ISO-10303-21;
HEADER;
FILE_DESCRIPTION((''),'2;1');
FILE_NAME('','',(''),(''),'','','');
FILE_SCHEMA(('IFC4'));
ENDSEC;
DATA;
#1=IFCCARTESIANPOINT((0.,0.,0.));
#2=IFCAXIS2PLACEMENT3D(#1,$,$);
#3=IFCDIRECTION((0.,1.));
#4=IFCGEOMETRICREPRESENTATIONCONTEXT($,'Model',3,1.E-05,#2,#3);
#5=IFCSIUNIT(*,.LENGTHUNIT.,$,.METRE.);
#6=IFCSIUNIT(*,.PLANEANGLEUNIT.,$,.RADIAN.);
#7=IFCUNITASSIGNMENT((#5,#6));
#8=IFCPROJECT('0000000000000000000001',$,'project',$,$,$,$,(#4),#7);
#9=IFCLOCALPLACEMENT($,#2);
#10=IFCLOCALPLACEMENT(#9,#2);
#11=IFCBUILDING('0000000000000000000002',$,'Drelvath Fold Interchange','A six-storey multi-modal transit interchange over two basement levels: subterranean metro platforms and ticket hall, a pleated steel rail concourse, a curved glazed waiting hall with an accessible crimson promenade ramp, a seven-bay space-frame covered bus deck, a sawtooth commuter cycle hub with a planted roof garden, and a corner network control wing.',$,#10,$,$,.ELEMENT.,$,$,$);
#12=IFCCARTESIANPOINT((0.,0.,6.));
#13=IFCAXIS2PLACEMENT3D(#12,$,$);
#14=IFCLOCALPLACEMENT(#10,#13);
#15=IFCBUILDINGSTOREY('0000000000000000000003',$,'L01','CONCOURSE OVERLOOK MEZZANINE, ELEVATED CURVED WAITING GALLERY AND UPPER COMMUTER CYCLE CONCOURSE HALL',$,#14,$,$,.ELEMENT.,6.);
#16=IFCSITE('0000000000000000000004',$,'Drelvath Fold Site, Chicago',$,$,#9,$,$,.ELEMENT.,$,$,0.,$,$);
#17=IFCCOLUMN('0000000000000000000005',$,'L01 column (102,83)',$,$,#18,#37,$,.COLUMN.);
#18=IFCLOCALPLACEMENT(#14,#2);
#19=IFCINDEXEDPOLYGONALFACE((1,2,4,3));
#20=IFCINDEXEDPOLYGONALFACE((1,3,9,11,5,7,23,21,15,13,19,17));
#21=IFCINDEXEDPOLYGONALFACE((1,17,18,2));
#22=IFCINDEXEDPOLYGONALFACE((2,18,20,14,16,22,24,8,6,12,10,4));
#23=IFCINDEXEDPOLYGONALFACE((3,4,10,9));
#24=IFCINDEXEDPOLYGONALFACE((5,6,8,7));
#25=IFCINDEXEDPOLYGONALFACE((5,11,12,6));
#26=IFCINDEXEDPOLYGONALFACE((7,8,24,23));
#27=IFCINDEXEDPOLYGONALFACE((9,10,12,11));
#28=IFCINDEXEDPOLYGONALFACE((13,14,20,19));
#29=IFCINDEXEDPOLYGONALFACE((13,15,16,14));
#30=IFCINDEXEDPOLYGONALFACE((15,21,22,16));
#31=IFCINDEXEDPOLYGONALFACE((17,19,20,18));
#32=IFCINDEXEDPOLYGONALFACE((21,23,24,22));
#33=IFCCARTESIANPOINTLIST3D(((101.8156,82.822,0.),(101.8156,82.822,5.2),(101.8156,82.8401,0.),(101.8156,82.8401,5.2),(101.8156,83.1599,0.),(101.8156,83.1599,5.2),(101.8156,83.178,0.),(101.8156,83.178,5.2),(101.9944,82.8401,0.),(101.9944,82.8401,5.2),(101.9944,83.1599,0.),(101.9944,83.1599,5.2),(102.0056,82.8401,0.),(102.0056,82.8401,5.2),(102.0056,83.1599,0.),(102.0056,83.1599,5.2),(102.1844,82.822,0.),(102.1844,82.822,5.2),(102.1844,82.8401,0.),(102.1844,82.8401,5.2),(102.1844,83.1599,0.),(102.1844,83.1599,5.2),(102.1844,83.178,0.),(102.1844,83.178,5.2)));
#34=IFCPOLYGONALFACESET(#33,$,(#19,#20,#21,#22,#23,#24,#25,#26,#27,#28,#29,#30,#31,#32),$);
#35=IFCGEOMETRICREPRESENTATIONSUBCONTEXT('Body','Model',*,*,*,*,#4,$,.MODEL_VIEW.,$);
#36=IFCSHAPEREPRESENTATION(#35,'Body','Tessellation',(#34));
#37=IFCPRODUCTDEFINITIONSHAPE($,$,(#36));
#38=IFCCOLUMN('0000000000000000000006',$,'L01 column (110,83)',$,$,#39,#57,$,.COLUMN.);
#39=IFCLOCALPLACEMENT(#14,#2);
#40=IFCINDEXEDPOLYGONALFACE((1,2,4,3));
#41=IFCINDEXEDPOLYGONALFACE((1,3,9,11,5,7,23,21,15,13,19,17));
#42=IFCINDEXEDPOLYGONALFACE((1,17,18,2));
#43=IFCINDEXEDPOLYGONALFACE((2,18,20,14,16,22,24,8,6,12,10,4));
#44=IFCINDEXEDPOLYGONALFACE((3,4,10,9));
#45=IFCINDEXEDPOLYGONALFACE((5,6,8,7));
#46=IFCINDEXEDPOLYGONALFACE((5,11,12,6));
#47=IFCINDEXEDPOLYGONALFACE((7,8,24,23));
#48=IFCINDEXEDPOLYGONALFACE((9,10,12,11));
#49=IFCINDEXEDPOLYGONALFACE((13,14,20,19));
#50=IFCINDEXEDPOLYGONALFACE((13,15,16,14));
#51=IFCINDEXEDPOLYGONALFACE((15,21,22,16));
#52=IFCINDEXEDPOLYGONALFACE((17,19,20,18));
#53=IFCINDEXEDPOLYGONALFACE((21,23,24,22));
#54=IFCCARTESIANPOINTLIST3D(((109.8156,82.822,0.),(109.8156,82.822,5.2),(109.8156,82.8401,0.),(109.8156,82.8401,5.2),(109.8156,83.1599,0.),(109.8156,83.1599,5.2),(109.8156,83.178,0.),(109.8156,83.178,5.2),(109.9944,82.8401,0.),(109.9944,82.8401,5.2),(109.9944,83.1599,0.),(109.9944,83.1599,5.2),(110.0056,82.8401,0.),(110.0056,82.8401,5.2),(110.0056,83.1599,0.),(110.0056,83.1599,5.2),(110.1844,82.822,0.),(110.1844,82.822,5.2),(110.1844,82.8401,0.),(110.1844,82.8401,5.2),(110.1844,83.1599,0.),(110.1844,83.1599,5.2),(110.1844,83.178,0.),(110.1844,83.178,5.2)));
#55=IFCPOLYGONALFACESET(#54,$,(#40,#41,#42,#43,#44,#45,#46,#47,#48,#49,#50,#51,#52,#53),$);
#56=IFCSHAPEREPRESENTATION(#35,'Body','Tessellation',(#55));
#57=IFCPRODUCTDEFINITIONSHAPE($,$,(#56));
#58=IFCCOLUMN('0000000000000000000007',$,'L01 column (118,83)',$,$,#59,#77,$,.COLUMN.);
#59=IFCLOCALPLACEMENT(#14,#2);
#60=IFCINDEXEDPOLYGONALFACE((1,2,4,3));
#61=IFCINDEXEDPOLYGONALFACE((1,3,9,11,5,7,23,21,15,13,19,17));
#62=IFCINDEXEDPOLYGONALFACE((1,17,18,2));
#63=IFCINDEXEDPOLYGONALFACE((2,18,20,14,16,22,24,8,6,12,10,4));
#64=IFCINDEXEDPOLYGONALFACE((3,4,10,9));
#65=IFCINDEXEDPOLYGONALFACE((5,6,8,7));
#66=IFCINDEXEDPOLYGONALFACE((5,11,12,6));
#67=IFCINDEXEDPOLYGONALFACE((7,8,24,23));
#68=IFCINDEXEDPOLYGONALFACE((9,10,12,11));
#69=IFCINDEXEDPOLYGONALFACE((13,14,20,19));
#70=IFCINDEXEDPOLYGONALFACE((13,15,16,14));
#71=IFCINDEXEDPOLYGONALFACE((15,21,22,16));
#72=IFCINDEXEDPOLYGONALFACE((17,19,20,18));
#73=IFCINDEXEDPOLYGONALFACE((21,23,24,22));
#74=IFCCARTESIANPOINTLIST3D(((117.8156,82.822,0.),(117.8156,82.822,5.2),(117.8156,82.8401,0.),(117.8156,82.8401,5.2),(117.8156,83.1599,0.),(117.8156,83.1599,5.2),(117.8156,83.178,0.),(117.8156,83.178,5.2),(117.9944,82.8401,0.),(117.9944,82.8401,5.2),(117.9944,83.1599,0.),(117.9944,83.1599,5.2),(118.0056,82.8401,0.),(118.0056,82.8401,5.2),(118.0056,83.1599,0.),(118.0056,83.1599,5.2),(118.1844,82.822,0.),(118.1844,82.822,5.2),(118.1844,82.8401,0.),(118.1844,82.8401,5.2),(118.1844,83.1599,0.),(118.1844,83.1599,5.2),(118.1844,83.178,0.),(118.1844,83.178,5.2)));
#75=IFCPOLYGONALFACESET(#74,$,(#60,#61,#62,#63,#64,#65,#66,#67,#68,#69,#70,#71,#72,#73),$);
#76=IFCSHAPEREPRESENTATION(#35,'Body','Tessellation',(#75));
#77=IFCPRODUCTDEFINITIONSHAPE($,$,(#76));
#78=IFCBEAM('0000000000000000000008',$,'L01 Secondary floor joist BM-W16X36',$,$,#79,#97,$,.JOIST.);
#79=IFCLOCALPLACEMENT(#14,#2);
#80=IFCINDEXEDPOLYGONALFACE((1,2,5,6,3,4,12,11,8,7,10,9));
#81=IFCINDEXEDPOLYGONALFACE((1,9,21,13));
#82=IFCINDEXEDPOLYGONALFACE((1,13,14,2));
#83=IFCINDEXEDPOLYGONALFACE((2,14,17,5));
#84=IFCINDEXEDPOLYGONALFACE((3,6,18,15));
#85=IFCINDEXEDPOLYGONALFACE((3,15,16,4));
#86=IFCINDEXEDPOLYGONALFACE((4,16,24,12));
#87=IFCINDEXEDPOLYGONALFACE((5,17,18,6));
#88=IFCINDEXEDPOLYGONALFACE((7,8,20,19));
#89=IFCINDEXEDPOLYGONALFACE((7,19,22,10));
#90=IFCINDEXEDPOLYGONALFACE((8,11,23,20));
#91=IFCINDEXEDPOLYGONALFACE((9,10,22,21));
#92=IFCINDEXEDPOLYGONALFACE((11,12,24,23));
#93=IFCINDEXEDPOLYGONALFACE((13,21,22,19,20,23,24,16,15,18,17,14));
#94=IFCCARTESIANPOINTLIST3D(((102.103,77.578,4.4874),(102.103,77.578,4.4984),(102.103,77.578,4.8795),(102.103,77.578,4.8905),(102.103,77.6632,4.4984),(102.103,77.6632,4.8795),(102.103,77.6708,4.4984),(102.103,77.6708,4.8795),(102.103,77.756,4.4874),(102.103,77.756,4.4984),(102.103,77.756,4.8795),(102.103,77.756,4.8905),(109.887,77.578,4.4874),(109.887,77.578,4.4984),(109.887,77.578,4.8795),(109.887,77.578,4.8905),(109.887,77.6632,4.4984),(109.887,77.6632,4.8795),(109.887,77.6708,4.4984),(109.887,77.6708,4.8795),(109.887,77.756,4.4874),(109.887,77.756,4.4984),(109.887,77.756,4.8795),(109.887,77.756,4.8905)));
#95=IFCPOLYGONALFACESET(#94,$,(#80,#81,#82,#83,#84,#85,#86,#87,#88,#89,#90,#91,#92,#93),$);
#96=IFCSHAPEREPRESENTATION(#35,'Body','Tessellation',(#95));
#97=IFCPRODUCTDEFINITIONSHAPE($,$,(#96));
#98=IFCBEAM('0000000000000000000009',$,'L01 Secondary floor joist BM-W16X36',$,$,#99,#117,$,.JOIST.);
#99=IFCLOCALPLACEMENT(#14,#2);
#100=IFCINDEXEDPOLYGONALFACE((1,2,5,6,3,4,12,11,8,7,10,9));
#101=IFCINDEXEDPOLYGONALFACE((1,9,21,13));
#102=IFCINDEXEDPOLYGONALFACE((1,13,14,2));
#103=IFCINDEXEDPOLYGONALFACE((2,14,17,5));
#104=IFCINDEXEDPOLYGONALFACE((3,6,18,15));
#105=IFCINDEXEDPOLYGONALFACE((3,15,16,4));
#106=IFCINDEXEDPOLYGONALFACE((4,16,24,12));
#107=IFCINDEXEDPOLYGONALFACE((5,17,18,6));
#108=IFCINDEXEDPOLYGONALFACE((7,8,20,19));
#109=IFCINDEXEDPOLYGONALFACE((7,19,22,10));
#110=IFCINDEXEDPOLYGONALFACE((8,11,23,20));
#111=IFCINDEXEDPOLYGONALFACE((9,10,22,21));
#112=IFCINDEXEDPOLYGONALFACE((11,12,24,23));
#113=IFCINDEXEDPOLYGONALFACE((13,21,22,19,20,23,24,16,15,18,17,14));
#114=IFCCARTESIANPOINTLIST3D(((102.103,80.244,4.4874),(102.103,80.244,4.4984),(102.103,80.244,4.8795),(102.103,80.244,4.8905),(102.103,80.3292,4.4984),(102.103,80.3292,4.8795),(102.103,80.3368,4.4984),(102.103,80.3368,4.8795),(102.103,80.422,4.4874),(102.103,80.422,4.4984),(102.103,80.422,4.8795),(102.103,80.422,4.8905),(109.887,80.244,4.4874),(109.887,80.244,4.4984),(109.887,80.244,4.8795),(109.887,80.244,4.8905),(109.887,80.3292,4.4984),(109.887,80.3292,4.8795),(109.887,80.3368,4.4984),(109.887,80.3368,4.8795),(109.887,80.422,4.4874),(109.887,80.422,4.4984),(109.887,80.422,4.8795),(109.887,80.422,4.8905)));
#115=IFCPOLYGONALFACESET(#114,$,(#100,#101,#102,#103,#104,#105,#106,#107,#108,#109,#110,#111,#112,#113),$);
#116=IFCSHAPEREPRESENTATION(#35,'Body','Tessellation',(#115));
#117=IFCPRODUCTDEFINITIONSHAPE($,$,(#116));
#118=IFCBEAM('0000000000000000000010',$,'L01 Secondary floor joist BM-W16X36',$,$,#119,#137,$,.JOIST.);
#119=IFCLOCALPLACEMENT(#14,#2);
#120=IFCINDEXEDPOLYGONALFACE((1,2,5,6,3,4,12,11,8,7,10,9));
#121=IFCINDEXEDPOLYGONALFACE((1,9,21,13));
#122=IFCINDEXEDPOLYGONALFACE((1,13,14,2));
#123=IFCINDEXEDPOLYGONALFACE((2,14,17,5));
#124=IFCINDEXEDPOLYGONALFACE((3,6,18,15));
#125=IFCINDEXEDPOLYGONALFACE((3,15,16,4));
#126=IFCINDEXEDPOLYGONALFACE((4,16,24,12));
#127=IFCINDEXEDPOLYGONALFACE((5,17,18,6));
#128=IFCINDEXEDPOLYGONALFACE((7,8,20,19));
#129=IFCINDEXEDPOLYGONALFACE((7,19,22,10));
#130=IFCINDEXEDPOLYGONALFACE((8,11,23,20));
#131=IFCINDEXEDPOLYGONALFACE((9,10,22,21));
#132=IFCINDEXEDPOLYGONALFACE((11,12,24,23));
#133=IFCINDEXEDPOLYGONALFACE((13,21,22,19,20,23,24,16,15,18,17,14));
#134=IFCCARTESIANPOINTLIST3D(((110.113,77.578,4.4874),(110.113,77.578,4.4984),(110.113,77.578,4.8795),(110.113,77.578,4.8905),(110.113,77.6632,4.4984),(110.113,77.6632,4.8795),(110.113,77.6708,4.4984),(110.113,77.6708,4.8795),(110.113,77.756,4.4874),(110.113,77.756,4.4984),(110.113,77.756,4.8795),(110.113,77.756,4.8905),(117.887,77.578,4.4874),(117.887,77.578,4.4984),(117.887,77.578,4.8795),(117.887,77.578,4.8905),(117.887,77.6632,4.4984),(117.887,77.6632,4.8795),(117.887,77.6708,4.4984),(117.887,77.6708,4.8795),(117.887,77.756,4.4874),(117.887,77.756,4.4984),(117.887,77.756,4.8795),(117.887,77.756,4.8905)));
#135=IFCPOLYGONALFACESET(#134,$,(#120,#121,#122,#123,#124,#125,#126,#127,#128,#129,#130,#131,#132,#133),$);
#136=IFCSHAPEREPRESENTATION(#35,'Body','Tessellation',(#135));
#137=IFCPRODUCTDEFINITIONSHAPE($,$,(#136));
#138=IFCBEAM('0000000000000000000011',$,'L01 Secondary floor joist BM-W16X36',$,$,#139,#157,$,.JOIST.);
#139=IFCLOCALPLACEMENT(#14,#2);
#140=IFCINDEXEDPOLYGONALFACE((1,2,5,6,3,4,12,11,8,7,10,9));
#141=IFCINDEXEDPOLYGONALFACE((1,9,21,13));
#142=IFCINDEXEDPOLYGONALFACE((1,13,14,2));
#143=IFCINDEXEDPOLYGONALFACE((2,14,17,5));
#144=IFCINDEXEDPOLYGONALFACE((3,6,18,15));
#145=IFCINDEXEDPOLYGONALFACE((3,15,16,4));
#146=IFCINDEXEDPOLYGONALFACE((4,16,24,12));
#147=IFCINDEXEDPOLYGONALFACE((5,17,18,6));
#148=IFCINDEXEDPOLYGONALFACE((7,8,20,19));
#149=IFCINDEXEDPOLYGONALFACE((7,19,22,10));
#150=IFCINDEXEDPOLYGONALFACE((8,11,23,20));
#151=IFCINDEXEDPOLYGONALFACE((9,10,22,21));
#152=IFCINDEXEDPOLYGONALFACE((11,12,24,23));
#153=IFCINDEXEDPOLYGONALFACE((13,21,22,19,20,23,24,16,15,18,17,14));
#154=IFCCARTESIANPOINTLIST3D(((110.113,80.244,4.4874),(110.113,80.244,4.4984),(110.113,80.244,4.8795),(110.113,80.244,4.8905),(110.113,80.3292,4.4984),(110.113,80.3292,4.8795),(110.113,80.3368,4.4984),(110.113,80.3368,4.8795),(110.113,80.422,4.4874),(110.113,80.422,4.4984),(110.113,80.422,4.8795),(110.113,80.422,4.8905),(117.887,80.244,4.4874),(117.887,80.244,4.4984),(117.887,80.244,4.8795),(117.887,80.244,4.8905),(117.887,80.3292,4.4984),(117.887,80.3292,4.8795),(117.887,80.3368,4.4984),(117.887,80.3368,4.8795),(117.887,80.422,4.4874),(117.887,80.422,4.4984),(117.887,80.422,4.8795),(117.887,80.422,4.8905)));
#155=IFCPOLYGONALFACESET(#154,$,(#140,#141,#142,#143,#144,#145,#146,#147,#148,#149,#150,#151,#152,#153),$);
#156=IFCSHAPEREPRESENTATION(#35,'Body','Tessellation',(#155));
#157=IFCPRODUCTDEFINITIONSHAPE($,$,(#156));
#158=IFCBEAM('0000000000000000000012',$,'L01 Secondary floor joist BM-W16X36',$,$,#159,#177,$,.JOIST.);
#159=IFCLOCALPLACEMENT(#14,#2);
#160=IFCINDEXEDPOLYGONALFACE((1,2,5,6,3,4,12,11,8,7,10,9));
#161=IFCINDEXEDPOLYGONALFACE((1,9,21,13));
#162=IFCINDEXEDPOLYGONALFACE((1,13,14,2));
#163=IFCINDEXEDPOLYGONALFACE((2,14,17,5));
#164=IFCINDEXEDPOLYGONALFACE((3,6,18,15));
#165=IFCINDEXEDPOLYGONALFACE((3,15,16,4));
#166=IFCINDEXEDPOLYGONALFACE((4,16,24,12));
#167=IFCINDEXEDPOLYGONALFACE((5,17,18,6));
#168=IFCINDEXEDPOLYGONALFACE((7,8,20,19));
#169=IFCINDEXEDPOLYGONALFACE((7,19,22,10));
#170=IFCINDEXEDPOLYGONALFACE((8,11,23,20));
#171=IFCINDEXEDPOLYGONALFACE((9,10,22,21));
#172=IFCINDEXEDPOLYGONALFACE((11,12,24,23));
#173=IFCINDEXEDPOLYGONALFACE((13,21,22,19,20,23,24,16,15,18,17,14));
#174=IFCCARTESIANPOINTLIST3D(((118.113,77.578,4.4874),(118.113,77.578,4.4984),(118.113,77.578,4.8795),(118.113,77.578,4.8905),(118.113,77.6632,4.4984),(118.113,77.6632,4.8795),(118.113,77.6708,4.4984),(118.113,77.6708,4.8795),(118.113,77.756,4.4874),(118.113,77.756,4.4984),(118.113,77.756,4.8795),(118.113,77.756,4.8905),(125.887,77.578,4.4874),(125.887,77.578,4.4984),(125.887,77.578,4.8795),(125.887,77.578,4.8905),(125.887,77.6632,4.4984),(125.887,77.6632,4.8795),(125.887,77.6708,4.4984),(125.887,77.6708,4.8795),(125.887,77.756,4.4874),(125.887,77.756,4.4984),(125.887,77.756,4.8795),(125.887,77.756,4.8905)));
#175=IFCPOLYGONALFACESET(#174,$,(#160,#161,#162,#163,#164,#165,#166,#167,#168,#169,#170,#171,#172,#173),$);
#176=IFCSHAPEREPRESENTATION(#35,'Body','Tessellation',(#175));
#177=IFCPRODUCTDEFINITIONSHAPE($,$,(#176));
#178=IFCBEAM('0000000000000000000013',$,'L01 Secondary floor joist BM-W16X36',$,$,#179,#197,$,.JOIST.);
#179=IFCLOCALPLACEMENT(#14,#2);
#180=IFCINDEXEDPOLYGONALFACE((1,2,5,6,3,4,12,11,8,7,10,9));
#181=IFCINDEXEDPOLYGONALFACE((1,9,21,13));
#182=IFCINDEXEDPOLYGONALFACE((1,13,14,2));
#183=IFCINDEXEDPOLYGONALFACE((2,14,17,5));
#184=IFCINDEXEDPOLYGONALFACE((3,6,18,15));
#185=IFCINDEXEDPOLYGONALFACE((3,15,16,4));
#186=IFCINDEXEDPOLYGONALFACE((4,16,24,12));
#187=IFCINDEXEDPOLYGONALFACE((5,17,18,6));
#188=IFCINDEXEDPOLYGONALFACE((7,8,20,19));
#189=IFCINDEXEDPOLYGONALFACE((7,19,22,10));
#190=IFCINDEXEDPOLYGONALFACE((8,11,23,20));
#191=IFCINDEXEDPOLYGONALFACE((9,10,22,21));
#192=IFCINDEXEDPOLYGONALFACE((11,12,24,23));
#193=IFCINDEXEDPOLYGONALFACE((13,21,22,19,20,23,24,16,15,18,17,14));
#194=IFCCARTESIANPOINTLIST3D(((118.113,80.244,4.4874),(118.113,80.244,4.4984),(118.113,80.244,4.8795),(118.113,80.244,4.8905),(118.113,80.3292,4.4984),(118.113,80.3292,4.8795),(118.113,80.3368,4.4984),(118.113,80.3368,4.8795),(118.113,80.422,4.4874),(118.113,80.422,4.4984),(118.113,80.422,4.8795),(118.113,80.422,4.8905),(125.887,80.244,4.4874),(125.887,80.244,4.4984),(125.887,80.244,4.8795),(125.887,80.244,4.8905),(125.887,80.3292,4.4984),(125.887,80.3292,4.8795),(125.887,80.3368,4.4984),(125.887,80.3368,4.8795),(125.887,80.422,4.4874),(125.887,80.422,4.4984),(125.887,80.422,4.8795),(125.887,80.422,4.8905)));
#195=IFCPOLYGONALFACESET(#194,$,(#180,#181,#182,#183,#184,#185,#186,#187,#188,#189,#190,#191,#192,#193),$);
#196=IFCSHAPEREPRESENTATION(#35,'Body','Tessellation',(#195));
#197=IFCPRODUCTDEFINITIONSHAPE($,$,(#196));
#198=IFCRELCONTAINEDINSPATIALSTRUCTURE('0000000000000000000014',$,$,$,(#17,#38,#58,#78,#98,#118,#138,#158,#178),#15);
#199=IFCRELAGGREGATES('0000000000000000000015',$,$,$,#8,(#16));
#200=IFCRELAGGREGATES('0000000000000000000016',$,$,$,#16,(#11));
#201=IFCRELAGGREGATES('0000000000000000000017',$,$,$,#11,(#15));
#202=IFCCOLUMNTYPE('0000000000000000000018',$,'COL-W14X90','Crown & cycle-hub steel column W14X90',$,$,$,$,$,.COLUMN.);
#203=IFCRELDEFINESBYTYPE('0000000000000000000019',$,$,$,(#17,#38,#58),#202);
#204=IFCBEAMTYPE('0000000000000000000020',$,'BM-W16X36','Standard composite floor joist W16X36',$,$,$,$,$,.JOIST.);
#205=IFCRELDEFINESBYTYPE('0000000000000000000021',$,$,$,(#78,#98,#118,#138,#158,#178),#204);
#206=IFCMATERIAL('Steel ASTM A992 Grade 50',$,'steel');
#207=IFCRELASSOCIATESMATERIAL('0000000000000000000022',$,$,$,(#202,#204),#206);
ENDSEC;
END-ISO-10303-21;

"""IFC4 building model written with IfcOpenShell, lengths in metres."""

from ifc_helpers import new_model, si_unit, direction, frame, origin, origin_2d, place, context, subcontext, project, spatial, i_section, extrude, material, material_profile, profile_set, type_object, element, save


model = new_model("IFC4")

# Units and contexts
model_context = context("Model", 3, precision=1e-05, world=origin(), true_north=direction((0.0, 1.0)))
body_context = subcontext(model_context, "Body", "Model", "MODEL_VIEW")
ifc_project = project(units=[si_unit("LENGTHUNIT", "METRE"), si_unit("PLANEANGLEUNIT", "RADIAN")], contexts=[model_context])

# Site, building, storey
site_placement = place(None, origin())
site = spatial("IfcSite", under=ifc_project, at=site_placement, Name="Drelvath Fold Site, Chicago", CompositionType="ELEMENT", RefElevation=0.0)
building_placement = place(site_placement, origin())
building = spatial("IfcBuilding", under=site, at=building_placement, Name="Drelvath Fold Interchange", Description="A six-storey multi-modal transit interchange over two basement levels: subterranean metro platforms and ticket hall, a pleated steel rail concourse, a curved glazed waiting hall with an accessible crimson promenade ramp, a seven-bay space-frame covered bus deck, a sawtooth commuter cycle hub with a planted roof garden, and a corner network control wing.", CompositionType="ELEMENT")
storey_placement = place(building_placement, frame((0.0, 0.0, 6.0)))
storey = spatial("IfcBuildingStorey", under=building, at=storey_placement, Name="L01", Description="CONCOURSE OVERLOOK MEZZANINE, ELEVATED CURVED WAITING GALLERY AND UPPER COMMUTER CYCLE CONCOURSE HALL", CompositionType="ELEMENT", Elevation=6.0)

# Columns
ifc_material_1 = material(Name="Steel ASTM A992 Grade 50", Category="steel")
ifc_material_profile_1 = material_profile(ifc_material_1, i_section(OverallWidth=0.3689, OverallDepth=0.356, WebThickness=0.0112, FlangeThickness=0.0181, at=origin_2d()), Name="W14X90")
ifc_profile_set_1 = profile_set([ifc_material_profile_1], Name="Steel ASTM A992 Grade 50")
column_type = type_object("IfcColumnType", Name="COL-W14X90", Description="Crown & cycle-hub steel column W14X90", PredefinedType="COLUMN", material=ifc_profile_set_1)
for number, where, z_axis, x_axis, name in (
    (1, (102.0, 83.0, 0.0), (0.0, 0.0, 1.0), (1.0, 0.0, 0.0), "L01 column (102,83)"),
    (2, (110.0, 83.0, 0.0), (0.0, 0.0, 1.0), (1.0, 0.0, 0.0), "L01 column (110,83)"),
    (3, (118.0, 83.0, 0.0), (0.0, 0.0, 1.0), (1.0, 0.0, 0.0), "L01 column (118,83)"),
):
    element("IfcColumn", number, at=place(storey_placement, frame(where, z_axis=z_axis, x_axis=x_axis)), inside=storey, type_object=column_type, Name=name, PredefinedType="COLUMN", context=body_context, shape_type="SweptSolid", body=[
        extrude(i_section(OverallWidth=0.3689, OverallDepth=0.356, WebThickness=0.0112, FlangeThickness=0.0181, at=origin_2d()), origin(), (0.0, 0.0, 1.0), 5.2),
    ])

# Beams
ifc_material_profile_2 = material_profile(ifc_material_1, i_section(OverallWidth=0.178, OverallDepth=0.4031, WebThickness=0.0076, FlangeThickness=0.011, at=origin_2d()), Name="W16X36")
ifc_profile_set_2 = profile_set([ifc_material_profile_2], Name="Steel ASTM A992 Grade 50")
beam_type_1 = type_object("IfcBeamType", Name="BM-W16X36", Description="Standard composite floor joist W16X36", PredefinedType="JOIST", material=ifc_profile_set_2)
for number, where, z_axis, x_axis, name in (
    (4, (102.103, 77.667, 4.689), (1.0, 0.0, 0.0), (0.0, 1.0, 0.0), "L01 Secondary floor joist BM-W16X36"),
    (5, (102.103, 80.333, 4.689), (1.0, 0.0, 0.0), (0.0, 1.0, 0.0), "L01 Secondary floor joist BM-W16X36"),
):
    element("IfcBeam", number, at=place(storey_placement, frame(where, z_axis=z_axis, x_axis=x_axis)), inside=storey, type_object=beam_type_1, Name=name, PredefinedType="JOIST", context=body_context, shape_type="SweptSolid", body=[
        extrude(i_section(OverallWidth=0.178, OverallDepth=0.4031, WebThickness=0.0076, FlangeThickness=0.011, at=origin_2d()), origin(), (0.0, 0.0, 1.0), 7.7839),
    ])
for number, where, z_axis, x_axis, name in (
    (6, (110.113, 77.667, 4.689), (1.0, 0.0, 0.0), (0.0, 1.0, 0.0), "L01 Secondary floor joist BM-W16X36"),
    (7, (110.113, 80.333, 4.689), (1.0, 0.0, 0.0), (0.0, 1.0, 0.0), "L01 Secondary floor joist BM-W16X36"),
    (8, (118.113, 77.667, 4.689), (1.0, 0.0, 0.0), (0.0, 1.0, 0.0), "L01 Secondary floor joist BM-W16X36"),
    (9, (118.113, 80.333, 4.689), (1.0, 0.0, 0.0), (0.0, 1.0, 0.0), "L01 Secondary floor joist BM-W16X36"),
):
    element("IfcBeam", number, at=place(storey_placement, frame(where, z_axis=z_axis, x_axis=x_axis)), inside=storey, type_object=beam_type_1, Name=name, PredefinedType="JOIST", context=body_context, shape_type="SweptSolid", body=[
        extrude(i_section(OverallWidth=0.178, OverallDepth=0.4031, WebThickness=0.0076, FlangeThickness=0.011, at=origin_2d()), origin(), (0.0, 0.0, 1.0), 7.7739),
    ])

save(model, "model.ifc")
